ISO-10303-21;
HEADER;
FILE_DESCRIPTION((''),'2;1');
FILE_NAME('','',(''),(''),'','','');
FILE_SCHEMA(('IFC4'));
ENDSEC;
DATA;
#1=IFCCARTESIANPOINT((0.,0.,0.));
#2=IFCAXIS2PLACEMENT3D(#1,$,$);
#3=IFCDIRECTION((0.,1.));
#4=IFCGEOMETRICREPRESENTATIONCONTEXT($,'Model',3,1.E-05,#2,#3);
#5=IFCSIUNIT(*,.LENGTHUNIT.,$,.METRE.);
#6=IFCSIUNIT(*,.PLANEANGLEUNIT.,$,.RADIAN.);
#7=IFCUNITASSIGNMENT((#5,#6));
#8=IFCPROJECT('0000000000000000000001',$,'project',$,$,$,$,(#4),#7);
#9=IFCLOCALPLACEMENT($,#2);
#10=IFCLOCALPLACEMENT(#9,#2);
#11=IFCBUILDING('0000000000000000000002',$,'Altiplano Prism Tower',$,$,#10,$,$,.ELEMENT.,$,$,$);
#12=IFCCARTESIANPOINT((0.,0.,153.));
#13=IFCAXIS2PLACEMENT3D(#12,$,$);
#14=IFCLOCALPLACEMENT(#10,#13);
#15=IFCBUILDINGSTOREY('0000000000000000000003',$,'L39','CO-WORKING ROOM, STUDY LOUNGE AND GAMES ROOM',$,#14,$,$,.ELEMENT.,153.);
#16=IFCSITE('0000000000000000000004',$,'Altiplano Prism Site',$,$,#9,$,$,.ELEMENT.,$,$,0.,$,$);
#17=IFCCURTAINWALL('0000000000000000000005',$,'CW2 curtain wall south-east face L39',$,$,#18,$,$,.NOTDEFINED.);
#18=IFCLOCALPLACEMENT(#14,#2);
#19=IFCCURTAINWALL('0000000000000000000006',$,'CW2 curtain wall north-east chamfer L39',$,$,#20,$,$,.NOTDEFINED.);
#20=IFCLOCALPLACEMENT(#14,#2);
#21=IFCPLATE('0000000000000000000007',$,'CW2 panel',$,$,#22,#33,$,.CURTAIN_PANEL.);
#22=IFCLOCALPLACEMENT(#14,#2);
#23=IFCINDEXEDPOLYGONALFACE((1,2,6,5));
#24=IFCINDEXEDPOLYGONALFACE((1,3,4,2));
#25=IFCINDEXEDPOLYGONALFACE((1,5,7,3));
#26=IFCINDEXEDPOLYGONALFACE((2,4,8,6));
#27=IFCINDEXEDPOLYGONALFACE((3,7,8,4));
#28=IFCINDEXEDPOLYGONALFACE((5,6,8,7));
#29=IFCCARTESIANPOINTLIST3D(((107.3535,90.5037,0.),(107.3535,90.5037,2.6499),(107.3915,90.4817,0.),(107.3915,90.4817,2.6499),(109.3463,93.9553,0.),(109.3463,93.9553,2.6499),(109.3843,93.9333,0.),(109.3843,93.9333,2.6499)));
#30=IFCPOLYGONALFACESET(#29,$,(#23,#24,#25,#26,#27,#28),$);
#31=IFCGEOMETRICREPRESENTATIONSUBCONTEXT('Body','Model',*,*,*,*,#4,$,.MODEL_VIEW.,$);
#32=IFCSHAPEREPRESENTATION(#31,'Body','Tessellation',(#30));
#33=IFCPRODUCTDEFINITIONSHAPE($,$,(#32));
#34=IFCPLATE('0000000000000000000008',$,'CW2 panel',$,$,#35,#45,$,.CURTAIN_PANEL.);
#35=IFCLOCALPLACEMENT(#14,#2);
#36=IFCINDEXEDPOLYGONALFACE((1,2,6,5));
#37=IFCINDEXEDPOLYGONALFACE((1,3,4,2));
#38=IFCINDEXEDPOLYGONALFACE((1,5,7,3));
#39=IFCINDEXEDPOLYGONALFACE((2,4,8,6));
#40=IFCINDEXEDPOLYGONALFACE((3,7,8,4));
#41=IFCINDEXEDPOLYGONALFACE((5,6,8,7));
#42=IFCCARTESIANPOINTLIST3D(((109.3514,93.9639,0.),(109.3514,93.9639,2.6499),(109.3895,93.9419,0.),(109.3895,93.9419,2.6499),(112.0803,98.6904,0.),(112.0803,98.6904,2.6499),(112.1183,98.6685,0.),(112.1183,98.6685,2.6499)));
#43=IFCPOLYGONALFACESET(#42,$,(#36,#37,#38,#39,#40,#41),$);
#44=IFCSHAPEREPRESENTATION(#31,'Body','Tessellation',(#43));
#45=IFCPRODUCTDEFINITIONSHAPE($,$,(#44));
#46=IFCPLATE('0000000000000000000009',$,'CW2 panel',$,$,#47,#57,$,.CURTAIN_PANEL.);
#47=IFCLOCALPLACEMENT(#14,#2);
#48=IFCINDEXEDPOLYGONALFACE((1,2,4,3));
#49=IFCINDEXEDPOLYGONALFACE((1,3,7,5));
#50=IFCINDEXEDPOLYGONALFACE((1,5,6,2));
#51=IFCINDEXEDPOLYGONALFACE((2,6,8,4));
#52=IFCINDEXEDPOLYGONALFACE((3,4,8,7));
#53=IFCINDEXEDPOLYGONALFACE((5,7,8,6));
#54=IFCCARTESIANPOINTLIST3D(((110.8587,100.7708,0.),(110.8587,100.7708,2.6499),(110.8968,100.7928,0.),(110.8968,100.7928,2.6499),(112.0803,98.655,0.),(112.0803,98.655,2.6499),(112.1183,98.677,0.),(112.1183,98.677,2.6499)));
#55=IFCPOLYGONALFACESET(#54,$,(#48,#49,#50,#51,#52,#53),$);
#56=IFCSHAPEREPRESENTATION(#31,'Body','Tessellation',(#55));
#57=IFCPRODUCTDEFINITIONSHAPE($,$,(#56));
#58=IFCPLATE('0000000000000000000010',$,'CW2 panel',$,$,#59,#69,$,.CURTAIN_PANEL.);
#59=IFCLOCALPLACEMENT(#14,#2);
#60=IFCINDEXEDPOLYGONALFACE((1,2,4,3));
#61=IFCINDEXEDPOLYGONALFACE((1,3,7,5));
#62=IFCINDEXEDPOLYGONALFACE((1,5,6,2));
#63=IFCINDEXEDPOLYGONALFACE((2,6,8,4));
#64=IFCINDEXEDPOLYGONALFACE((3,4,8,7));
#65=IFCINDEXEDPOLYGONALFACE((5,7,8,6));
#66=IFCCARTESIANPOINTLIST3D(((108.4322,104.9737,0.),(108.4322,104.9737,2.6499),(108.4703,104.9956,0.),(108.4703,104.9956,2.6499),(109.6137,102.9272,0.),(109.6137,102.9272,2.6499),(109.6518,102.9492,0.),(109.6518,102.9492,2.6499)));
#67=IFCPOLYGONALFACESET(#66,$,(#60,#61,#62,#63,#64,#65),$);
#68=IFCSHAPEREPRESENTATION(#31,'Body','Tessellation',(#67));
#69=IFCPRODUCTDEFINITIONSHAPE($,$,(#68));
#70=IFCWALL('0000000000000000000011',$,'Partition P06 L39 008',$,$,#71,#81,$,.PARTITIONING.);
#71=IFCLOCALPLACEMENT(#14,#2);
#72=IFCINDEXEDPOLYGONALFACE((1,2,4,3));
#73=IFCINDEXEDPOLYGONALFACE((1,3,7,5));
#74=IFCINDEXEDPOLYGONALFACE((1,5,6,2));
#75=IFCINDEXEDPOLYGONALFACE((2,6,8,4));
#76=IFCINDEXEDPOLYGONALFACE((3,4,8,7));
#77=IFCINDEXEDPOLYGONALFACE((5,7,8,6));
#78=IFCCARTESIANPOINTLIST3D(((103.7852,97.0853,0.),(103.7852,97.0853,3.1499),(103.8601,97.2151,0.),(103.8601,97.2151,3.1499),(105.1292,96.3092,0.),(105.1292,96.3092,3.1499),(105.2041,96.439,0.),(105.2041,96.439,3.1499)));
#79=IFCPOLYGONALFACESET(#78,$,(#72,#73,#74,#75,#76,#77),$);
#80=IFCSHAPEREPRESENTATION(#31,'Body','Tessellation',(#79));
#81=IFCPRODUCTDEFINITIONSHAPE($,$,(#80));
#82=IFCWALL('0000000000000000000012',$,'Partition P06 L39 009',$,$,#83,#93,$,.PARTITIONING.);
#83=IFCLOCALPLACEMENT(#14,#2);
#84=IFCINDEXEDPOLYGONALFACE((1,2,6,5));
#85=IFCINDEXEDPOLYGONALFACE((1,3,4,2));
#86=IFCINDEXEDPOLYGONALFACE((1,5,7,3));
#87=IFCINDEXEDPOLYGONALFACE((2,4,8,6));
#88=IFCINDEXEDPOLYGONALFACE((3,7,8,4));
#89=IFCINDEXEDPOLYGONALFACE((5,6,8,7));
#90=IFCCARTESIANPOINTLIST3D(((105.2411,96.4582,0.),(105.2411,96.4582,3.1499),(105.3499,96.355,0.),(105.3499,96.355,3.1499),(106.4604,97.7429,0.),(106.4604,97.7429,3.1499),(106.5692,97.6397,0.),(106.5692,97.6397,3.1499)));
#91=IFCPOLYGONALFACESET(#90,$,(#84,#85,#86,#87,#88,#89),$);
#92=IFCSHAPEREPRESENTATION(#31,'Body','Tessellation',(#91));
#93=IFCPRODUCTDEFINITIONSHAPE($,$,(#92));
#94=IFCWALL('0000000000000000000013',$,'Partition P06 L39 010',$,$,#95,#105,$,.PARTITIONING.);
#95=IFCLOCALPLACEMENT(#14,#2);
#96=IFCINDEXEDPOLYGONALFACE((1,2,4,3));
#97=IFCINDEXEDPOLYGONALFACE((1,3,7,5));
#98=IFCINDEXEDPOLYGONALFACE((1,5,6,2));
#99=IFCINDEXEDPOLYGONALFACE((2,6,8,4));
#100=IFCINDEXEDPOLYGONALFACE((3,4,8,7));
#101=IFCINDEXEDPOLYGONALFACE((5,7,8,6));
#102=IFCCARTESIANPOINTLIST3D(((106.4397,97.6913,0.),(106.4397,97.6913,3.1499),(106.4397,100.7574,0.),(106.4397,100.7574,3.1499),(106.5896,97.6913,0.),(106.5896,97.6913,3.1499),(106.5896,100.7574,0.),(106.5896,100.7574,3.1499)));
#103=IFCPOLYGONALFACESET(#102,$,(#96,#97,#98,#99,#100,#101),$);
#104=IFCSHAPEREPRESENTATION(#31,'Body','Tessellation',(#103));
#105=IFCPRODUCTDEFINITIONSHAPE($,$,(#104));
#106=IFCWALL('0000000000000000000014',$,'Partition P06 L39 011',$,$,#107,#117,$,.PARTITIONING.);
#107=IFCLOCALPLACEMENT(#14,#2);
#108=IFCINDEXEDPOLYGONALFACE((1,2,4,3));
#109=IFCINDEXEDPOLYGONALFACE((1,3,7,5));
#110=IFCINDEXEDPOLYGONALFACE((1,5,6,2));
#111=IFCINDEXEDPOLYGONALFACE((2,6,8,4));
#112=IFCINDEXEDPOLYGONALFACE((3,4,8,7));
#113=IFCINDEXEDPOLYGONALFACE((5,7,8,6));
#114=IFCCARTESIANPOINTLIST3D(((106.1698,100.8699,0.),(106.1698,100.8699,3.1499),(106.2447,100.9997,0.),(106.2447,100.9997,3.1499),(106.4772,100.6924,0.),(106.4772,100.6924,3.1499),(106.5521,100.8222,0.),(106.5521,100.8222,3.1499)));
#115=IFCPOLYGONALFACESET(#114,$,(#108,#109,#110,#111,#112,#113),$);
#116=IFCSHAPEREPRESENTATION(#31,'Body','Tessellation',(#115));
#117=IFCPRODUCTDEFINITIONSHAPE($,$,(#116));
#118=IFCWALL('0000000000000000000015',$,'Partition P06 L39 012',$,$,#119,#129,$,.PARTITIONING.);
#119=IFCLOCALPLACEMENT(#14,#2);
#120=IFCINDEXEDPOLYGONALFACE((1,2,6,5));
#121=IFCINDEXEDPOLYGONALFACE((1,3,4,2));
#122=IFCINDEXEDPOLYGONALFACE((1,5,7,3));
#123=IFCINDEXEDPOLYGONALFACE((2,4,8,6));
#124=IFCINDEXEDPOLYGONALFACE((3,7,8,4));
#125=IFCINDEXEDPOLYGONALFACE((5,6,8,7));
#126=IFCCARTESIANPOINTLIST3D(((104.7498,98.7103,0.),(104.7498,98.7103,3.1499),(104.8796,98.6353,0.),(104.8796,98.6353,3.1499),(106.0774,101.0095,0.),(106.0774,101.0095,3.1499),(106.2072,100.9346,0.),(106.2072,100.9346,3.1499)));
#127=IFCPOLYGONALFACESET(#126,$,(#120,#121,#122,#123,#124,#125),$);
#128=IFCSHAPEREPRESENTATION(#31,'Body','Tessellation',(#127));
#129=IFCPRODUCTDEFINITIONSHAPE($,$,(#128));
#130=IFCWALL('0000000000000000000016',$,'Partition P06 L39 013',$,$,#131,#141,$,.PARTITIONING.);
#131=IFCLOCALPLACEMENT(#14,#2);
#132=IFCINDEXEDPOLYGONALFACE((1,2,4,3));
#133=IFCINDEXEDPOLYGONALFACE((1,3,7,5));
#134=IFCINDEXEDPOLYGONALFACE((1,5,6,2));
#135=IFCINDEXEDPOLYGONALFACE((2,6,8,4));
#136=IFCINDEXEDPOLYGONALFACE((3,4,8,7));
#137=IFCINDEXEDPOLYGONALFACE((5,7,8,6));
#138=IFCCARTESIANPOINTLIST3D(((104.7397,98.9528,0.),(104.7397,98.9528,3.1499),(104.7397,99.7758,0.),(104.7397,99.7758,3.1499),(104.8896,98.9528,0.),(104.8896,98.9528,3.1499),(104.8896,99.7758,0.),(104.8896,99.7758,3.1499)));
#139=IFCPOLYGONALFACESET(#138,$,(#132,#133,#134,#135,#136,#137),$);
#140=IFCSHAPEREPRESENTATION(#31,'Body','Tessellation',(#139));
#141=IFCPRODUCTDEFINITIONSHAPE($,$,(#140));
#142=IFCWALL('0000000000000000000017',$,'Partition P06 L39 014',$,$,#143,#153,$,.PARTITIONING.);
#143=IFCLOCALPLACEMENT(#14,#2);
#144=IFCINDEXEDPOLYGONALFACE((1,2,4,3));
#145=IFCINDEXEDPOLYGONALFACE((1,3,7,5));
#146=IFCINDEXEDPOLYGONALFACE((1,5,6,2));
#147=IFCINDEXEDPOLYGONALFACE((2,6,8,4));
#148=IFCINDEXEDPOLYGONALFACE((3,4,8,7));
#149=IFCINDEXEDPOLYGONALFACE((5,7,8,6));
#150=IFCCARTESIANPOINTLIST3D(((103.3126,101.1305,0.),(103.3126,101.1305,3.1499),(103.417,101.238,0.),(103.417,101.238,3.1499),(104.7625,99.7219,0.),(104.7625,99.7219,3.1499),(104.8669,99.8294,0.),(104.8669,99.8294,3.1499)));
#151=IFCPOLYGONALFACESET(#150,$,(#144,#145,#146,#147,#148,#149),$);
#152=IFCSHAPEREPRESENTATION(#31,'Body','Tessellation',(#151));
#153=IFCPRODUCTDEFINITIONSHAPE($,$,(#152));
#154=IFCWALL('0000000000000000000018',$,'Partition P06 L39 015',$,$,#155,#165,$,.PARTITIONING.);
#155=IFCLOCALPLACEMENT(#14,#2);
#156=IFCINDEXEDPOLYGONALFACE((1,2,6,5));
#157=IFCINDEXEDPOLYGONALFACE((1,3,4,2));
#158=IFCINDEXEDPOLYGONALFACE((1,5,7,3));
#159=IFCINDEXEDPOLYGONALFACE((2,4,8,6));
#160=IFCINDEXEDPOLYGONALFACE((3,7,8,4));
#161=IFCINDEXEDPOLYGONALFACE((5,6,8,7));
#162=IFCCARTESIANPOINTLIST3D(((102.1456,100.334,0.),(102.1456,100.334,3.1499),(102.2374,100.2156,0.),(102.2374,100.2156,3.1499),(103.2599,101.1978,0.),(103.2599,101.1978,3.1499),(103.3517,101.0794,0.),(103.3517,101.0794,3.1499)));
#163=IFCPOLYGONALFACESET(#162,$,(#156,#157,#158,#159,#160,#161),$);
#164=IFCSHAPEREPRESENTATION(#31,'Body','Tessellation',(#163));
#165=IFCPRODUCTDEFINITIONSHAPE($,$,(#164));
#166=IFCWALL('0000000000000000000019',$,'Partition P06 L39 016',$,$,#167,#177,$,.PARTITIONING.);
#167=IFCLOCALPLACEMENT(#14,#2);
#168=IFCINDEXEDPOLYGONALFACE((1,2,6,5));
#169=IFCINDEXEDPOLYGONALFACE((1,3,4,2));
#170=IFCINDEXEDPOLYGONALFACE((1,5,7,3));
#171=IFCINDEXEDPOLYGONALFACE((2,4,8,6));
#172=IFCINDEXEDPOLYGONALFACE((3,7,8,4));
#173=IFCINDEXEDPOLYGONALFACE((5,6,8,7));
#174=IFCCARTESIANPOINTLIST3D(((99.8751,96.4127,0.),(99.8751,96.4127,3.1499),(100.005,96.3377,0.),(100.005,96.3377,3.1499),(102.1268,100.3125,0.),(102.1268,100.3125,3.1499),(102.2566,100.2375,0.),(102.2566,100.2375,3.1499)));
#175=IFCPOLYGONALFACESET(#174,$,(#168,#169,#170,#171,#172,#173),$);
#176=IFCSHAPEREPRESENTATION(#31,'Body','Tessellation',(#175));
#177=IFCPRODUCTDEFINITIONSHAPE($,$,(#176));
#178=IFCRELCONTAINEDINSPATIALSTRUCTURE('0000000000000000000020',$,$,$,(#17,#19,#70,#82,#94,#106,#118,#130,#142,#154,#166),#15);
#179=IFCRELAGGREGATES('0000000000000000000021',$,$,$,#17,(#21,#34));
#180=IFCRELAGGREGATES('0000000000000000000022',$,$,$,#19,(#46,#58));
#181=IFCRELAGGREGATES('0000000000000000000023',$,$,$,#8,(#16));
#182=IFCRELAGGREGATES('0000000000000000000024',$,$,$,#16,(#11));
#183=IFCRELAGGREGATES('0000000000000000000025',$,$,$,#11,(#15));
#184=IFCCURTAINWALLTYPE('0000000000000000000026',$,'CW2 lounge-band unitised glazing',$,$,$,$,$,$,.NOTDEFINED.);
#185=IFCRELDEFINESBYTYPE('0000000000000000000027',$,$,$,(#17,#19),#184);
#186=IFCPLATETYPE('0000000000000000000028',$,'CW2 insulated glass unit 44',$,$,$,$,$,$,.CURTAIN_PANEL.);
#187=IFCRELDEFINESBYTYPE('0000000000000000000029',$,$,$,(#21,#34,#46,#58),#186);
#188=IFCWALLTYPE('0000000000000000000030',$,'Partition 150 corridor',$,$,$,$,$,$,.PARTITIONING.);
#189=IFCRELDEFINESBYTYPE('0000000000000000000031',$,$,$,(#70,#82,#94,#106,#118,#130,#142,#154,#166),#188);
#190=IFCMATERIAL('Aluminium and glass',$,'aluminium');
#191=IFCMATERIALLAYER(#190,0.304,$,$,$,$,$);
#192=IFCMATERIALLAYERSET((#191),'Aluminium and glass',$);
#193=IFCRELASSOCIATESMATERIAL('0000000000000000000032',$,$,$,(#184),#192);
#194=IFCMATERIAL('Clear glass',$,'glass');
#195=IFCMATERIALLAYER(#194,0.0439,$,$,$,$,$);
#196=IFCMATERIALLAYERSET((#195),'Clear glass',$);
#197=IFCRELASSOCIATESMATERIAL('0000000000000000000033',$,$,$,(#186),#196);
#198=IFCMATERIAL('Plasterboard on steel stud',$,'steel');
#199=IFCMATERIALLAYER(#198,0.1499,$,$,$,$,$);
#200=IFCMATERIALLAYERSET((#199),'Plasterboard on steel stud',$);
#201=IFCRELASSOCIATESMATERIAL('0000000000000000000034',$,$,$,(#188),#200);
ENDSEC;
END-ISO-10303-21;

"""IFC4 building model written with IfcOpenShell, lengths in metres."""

from ifc_helpers import new_model, si_unit, direction, frame, frame_2d, origin, origin_2d, place, context, subcontext, project, spatial, rectangle, extrude, material, layer, layer_set, type_object, element, aggregate, save


model = new_model("IFC4")

# Units and contexts
model_context = context("Model", 3, precision=1e-05, world=origin(), true_north=direction((0.0, 1.0)))
body_context = subcontext(model_context, "Body", "Model", "MODEL_VIEW")
ifc_project = project(units=[si_unit("LENGTHUNIT", "METRE"), si_unit("PLANEANGLEUNIT", "RADIAN")], contexts=[model_context])

# Site, building, storey
site_placement = place(None, origin())
site = spatial("IfcSite", under=ifc_project, at=site_placement, Name="Altiplano Prism Site", CompositionType="ELEMENT", RefElevation=0.0)
building_placement = place(site_placement, origin())
building = spatial("IfcBuilding", under=site, at=building_placement, Name="Altiplano Prism Tower", CompositionType="ELEMENT")
storey_placement = place(building_placement, frame((0.0, 0.0, 153.0)))
storey = spatial("IfcBuildingStorey", under=building, at=storey_placement, Name="L39", Description="CO-WORKING ROOM, STUDY LOUNGE AND GAMES ROOM", CompositionType="ELEMENT", Elevation=153.0)

# Curtain walls
ifc_material_1 = material(Name="Aluminium and glass", Category="aluminium")
ifc_layer_1 = layer(ifc_material_1, 0.304)
ifc_layer_set_1 = layer_set([ifc_layer_1], Name="Aluminium and glass")
curtain_wall_type = type_object("IfcCurtainWallType", Name="CW2 lounge-band unitised glazing", PredefinedType="NOTDEFINED", material=ifc_layer_set_1)
curtain_wall_1_placement = place(storey_placement, origin())
curtain_wall_1 = element("IfcCurtainWall", 1, at=curtain_wall_1_placement, inside=storey, type_object=curtain_wall_type, Name="CW2 curtain wall south-east face L39", PredefinedType="NOTDEFINED")
curtain_wall_2_placement = place(storey_placement, origin())
curtain_wall_2 = element("IfcCurtainWall", 2, at=curtain_wall_2_placement, inside=storey, type_object=curtain_wall_type, Name="CW2 curtain wall north-east chamfer L39", PredefinedType="NOTDEFINED")

# Plates
ifc_material_2 = material(Name="Clear glass", Category="glass")
ifc_layer_2 = layer(ifc_material_2, 0.0439)
ifc_layer_set_2 = layer_set([ifc_layer_2], Name="Clear glass")
plate_type = type_object("IfcPlateType", Name="CW2 insulated glass unit 44", PredefinedType="CURTAIN_PANEL", material=ifc_layer_set_2)
plate_1_placement = place(storey_placement, frame((108.3689, 92.2185, 0.0), z_axis=(0.0, 0.0, 1.0), x_axis=(0.5, 0.866025, 0.0)))
plate_1 = element("IfcPlate", 3, at=plate_1_placement, type_object=plate_type, Name="CW2 panel", PredefinedType="CURTAIN_PANEL", context=body_context, shape_type="SweptSolid", body=[
    extrude(rectangle(XDim=3.9856, YDim=0.0439, at=origin_2d()), origin(), (0.0, 0.0, 1.0), 2.6499),
])
plate_2_placement = place(storey_placement, frame((110.7349, 96.3162, 0.0), z_axis=(0.0, 0.0, 1.0), x_axis=(0.5, 0.866025, 0.0)))
plate_2 = element("IfcPlate", 4, at=plate_2_placement, type_object=plate_type, Name="CW2 panel", PredefinedType="CURTAIN_PANEL", context=body_context, shape_type="SweptSolid", body=[
    extrude(rectangle(XDim=5.4578, YDim=0.0439, at=origin_2d()), origin(), (0.0, 0.0, 1.0), 2.6499),
])
aggregate(curtain_wall_1, [plate_1, plate_2])
plate_3_placement = place(storey_placement, frame((111.4885, 99.7239, 0.0), z_axis=(0.0, 0.0, 1.0), x_axis=(-0.5, 0.866025, 0.0)))
plate_3 = element("IfcPlate", 5, at=plate_3_placement, type_object=plate_type, Name="CW2 panel", PredefinedType="CURTAIN_PANEL", context=body_context, shape_type="SweptSolid", body=[
    extrude(rectangle(XDim=2.4431, YDim=0.0439, at=origin_2d()), origin(), (0.0, 0.0, 1.0), 2.6499),
])
plate_4_placement = place(storey_placement, frame((109.042, 103.9614, 0.0), z_axis=(0.0, 0.0, 1.0), x_axis=(-0.5, 0.866025, 0.0)))
plate_4 = element("IfcPlate", 6, at=plate_4_placement, type_object=plate_type, Name="CW2 panel", PredefinedType="CURTAIN_PANEL", context=body_context, shape_type="SweptSolid", body=[
    extrude(rectangle(XDim=2.363, YDim=0.0439, at=origin_2d()), origin(), (0.0, 0.0, 1.0), 2.6499),
])
aggregate(curtain_wall_2, [plate_3, plate_4])

# Walls
ifc_material_3 = material(Name="Plasterboard on steel stud", Category="steel")
ifc_layer_3 = layer(ifc_material_3, 0.1499)
ifc_layer_set_3 = layer_set([ifc_layer_3], Name="Plasterboard on steel stud")
wall_type_1 = type_object("IfcWallType", Name="Partition 150 corridor", PredefinedType="PARTITIONING", material=ifc_layer_set_3)
wall_1_placement = place(storey_placement, frame((103.8228, 97.1501, 0.0), z_axis=(0.0, 0.0, 1.0), x_axis=(0.865979, -0.500081, 0.0)))
element("IfcWall", 7, at=wall_1_placement, inside=storey, type_object=wall_type_1, Name="Partition P06 L39 008", PredefinedType="PARTITIONING", context=body_context, shape_type="SweptSolid", body=[
    extrude(rectangle(XDim=1.552, YDim=0.1499, at=frame_2d((0.7759, 0.0))), origin(), (0.0, 0.0, 1.0), 3.1499),
])
wall_2_placement = place(storey_placement, frame((105.2954, 96.4065, 0.0), z_axis=(0.0, 0.0, 1.0), x_axis=(0.688394, 0.725337, 0.0)))
element("IfcWall", 8, at=wall_2_placement, inside=storey, type_object=wall_type_1, Name="Partition P06 L39 009", PredefinedType="PARTITIONING", context=body_context, shape_type="SweptSolid", body=[
    extrude(rectangle(XDim=1.7712, YDim=0.1499, at=frame_2d((0.8857, 0.0))), origin(), (0.0, 0.0, 1.0), 3.1499),
])
wall_3_placement = place(storey_placement, frame((106.5146, 97.6912, 0.0), z_axis=(0.0, 0.0, 1.0), x_axis=(0.0, 1.0, 0.0)))
element("IfcWall", 9, at=wall_3_placement, inside=storey, type_object=wall_type_1, Name="Partition P06 L39 010", PredefinedType="PARTITIONING", context=body_context, shape_type="SweptSolid", body=[
    extrude(rectangle(XDim=3.0662, YDim=0.1499, at=frame_2d((1.5332, 0.0))), origin(), (0.0, 0.0, 1.0), 3.1499),
])
wall_4_placement = place(storey_placement, frame((106.5146, 100.7573, 0.0), z_axis=(0.0, 0.0, 1.0), x_axis=(-0.865991, 0.50006, 0.0)))
element("IfcWall", 10, at=wall_4_placement, inside=storey, type_object=wall_type_1, Name="Partition P06 L39 011", PredefinedType="PARTITIONING", context=body_context, shape_type="SweptSolid", body=[
    extrude(rectangle(XDim=0.355, YDim=0.1499, at=frame_2d((0.1775, 0.0))), origin(), (0.0, 0.0, 1.0), 3.1499),
])
wall_5_placement = place(storey_placement, frame((106.1423, 100.9722, 0.0), z_axis=(0.0, 0.0, 1.0), x_axis=(-0.500036, -0.866005, 0.0)))
element("IfcWall", 11, at=wall_5_placement, inside=storey, type_object=wall_type_1, Name="Partition P06 L39 012", PredefinedType="PARTITIONING", context=body_context, shape_type="SweptSolid", body=[
    extrude(rectangle(XDim=2.655, YDim=0.1499, at=frame_2d((1.3276, 0.0))), origin(), (0.0, 0.0, 1.0), 3.1499),
])
wall_6_placement = place(storey_placement, frame((104.8147, 98.9526, 0.0), z_axis=(0.0, 0.0, 1.0), x_axis=(0.0, 1.0, 0.0)))
element("IfcWall", 12, at=wall_6_placement, inside=storey, type_object=wall_type_1, Name="Partition P06 L39 013", PredefinedType="PARTITIONING", context=body_context, shape_type="SweptSolid", body=[
    extrude(rectangle(XDim=0.823, YDim=0.1499, at=frame_2d((0.4116, 0.0))), origin(), (0.0, 0.0, 1.0), 3.1499),
])
wall_7_placement = place(storey_placement, frame((104.8147, 99.7756, 0.0), z_axis=(0.0, 0.0, 1.0), x_axis=(-0.717238, 0.696828, 0.0)))
element("IfcWall", 13, at=wall_7_placement, inside=storey, type_object=wall_type_1, Name="Partition P06 L39 014", PredefinedType="PARTITIONING", context=body_context, shape_type="SweptSolid", body=[
    extrude(rectangle(XDim=2.0215, YDim=0.1499, at=frame_2d((1.0107, 0.0))), origin(), (0.0, 0.0, 1.0), 3.1499),
])
wall_8_placement = place(storey_placement, frame((103.3059, 101.1387, 0.0), z_axis=(0.0, 0.0, 1.0), x_axis=(-0.79034, -0.612669, 0.0)))
element("IfcWall", 14, at=wall_8_placement, inside=storey, type_object=wall_type_1, Name="Partition P06 L39 015", PredefinedType="PARTITIONING", context=body_context, shape_type="SweptSolid", body=[
    extrude(rectangle(XDim=1.4099, YDim=0.1499, at=frame_2d((0.7051, 0.0))), origin(), (0.0, 0.0, 1.0), 3.1499),
])
wall_9_placement = place(storey_placement, frame((102.1917, 100.2749, 0.0), z_axis=(0.0, 0.0, 1.0), x_axis=(-0.500017, -0.866016, 0.0)))
element("IfcWall", 15, at=wall_9_placement, inside=storey, type_object=wall_type_1, Name="Partition P06 L39 016", PredefinedType="PARTITIONING", context=body_context, shape_type="SweptSolid", body=[
    extrude(rectangle(XDim=4.5032, YDim=0.1499, at=frame_2d((2.2515, 0.0))), origin(), (0.0, 0.0, 1.0), 3.1499),
])

save(model, "model.ifc")
